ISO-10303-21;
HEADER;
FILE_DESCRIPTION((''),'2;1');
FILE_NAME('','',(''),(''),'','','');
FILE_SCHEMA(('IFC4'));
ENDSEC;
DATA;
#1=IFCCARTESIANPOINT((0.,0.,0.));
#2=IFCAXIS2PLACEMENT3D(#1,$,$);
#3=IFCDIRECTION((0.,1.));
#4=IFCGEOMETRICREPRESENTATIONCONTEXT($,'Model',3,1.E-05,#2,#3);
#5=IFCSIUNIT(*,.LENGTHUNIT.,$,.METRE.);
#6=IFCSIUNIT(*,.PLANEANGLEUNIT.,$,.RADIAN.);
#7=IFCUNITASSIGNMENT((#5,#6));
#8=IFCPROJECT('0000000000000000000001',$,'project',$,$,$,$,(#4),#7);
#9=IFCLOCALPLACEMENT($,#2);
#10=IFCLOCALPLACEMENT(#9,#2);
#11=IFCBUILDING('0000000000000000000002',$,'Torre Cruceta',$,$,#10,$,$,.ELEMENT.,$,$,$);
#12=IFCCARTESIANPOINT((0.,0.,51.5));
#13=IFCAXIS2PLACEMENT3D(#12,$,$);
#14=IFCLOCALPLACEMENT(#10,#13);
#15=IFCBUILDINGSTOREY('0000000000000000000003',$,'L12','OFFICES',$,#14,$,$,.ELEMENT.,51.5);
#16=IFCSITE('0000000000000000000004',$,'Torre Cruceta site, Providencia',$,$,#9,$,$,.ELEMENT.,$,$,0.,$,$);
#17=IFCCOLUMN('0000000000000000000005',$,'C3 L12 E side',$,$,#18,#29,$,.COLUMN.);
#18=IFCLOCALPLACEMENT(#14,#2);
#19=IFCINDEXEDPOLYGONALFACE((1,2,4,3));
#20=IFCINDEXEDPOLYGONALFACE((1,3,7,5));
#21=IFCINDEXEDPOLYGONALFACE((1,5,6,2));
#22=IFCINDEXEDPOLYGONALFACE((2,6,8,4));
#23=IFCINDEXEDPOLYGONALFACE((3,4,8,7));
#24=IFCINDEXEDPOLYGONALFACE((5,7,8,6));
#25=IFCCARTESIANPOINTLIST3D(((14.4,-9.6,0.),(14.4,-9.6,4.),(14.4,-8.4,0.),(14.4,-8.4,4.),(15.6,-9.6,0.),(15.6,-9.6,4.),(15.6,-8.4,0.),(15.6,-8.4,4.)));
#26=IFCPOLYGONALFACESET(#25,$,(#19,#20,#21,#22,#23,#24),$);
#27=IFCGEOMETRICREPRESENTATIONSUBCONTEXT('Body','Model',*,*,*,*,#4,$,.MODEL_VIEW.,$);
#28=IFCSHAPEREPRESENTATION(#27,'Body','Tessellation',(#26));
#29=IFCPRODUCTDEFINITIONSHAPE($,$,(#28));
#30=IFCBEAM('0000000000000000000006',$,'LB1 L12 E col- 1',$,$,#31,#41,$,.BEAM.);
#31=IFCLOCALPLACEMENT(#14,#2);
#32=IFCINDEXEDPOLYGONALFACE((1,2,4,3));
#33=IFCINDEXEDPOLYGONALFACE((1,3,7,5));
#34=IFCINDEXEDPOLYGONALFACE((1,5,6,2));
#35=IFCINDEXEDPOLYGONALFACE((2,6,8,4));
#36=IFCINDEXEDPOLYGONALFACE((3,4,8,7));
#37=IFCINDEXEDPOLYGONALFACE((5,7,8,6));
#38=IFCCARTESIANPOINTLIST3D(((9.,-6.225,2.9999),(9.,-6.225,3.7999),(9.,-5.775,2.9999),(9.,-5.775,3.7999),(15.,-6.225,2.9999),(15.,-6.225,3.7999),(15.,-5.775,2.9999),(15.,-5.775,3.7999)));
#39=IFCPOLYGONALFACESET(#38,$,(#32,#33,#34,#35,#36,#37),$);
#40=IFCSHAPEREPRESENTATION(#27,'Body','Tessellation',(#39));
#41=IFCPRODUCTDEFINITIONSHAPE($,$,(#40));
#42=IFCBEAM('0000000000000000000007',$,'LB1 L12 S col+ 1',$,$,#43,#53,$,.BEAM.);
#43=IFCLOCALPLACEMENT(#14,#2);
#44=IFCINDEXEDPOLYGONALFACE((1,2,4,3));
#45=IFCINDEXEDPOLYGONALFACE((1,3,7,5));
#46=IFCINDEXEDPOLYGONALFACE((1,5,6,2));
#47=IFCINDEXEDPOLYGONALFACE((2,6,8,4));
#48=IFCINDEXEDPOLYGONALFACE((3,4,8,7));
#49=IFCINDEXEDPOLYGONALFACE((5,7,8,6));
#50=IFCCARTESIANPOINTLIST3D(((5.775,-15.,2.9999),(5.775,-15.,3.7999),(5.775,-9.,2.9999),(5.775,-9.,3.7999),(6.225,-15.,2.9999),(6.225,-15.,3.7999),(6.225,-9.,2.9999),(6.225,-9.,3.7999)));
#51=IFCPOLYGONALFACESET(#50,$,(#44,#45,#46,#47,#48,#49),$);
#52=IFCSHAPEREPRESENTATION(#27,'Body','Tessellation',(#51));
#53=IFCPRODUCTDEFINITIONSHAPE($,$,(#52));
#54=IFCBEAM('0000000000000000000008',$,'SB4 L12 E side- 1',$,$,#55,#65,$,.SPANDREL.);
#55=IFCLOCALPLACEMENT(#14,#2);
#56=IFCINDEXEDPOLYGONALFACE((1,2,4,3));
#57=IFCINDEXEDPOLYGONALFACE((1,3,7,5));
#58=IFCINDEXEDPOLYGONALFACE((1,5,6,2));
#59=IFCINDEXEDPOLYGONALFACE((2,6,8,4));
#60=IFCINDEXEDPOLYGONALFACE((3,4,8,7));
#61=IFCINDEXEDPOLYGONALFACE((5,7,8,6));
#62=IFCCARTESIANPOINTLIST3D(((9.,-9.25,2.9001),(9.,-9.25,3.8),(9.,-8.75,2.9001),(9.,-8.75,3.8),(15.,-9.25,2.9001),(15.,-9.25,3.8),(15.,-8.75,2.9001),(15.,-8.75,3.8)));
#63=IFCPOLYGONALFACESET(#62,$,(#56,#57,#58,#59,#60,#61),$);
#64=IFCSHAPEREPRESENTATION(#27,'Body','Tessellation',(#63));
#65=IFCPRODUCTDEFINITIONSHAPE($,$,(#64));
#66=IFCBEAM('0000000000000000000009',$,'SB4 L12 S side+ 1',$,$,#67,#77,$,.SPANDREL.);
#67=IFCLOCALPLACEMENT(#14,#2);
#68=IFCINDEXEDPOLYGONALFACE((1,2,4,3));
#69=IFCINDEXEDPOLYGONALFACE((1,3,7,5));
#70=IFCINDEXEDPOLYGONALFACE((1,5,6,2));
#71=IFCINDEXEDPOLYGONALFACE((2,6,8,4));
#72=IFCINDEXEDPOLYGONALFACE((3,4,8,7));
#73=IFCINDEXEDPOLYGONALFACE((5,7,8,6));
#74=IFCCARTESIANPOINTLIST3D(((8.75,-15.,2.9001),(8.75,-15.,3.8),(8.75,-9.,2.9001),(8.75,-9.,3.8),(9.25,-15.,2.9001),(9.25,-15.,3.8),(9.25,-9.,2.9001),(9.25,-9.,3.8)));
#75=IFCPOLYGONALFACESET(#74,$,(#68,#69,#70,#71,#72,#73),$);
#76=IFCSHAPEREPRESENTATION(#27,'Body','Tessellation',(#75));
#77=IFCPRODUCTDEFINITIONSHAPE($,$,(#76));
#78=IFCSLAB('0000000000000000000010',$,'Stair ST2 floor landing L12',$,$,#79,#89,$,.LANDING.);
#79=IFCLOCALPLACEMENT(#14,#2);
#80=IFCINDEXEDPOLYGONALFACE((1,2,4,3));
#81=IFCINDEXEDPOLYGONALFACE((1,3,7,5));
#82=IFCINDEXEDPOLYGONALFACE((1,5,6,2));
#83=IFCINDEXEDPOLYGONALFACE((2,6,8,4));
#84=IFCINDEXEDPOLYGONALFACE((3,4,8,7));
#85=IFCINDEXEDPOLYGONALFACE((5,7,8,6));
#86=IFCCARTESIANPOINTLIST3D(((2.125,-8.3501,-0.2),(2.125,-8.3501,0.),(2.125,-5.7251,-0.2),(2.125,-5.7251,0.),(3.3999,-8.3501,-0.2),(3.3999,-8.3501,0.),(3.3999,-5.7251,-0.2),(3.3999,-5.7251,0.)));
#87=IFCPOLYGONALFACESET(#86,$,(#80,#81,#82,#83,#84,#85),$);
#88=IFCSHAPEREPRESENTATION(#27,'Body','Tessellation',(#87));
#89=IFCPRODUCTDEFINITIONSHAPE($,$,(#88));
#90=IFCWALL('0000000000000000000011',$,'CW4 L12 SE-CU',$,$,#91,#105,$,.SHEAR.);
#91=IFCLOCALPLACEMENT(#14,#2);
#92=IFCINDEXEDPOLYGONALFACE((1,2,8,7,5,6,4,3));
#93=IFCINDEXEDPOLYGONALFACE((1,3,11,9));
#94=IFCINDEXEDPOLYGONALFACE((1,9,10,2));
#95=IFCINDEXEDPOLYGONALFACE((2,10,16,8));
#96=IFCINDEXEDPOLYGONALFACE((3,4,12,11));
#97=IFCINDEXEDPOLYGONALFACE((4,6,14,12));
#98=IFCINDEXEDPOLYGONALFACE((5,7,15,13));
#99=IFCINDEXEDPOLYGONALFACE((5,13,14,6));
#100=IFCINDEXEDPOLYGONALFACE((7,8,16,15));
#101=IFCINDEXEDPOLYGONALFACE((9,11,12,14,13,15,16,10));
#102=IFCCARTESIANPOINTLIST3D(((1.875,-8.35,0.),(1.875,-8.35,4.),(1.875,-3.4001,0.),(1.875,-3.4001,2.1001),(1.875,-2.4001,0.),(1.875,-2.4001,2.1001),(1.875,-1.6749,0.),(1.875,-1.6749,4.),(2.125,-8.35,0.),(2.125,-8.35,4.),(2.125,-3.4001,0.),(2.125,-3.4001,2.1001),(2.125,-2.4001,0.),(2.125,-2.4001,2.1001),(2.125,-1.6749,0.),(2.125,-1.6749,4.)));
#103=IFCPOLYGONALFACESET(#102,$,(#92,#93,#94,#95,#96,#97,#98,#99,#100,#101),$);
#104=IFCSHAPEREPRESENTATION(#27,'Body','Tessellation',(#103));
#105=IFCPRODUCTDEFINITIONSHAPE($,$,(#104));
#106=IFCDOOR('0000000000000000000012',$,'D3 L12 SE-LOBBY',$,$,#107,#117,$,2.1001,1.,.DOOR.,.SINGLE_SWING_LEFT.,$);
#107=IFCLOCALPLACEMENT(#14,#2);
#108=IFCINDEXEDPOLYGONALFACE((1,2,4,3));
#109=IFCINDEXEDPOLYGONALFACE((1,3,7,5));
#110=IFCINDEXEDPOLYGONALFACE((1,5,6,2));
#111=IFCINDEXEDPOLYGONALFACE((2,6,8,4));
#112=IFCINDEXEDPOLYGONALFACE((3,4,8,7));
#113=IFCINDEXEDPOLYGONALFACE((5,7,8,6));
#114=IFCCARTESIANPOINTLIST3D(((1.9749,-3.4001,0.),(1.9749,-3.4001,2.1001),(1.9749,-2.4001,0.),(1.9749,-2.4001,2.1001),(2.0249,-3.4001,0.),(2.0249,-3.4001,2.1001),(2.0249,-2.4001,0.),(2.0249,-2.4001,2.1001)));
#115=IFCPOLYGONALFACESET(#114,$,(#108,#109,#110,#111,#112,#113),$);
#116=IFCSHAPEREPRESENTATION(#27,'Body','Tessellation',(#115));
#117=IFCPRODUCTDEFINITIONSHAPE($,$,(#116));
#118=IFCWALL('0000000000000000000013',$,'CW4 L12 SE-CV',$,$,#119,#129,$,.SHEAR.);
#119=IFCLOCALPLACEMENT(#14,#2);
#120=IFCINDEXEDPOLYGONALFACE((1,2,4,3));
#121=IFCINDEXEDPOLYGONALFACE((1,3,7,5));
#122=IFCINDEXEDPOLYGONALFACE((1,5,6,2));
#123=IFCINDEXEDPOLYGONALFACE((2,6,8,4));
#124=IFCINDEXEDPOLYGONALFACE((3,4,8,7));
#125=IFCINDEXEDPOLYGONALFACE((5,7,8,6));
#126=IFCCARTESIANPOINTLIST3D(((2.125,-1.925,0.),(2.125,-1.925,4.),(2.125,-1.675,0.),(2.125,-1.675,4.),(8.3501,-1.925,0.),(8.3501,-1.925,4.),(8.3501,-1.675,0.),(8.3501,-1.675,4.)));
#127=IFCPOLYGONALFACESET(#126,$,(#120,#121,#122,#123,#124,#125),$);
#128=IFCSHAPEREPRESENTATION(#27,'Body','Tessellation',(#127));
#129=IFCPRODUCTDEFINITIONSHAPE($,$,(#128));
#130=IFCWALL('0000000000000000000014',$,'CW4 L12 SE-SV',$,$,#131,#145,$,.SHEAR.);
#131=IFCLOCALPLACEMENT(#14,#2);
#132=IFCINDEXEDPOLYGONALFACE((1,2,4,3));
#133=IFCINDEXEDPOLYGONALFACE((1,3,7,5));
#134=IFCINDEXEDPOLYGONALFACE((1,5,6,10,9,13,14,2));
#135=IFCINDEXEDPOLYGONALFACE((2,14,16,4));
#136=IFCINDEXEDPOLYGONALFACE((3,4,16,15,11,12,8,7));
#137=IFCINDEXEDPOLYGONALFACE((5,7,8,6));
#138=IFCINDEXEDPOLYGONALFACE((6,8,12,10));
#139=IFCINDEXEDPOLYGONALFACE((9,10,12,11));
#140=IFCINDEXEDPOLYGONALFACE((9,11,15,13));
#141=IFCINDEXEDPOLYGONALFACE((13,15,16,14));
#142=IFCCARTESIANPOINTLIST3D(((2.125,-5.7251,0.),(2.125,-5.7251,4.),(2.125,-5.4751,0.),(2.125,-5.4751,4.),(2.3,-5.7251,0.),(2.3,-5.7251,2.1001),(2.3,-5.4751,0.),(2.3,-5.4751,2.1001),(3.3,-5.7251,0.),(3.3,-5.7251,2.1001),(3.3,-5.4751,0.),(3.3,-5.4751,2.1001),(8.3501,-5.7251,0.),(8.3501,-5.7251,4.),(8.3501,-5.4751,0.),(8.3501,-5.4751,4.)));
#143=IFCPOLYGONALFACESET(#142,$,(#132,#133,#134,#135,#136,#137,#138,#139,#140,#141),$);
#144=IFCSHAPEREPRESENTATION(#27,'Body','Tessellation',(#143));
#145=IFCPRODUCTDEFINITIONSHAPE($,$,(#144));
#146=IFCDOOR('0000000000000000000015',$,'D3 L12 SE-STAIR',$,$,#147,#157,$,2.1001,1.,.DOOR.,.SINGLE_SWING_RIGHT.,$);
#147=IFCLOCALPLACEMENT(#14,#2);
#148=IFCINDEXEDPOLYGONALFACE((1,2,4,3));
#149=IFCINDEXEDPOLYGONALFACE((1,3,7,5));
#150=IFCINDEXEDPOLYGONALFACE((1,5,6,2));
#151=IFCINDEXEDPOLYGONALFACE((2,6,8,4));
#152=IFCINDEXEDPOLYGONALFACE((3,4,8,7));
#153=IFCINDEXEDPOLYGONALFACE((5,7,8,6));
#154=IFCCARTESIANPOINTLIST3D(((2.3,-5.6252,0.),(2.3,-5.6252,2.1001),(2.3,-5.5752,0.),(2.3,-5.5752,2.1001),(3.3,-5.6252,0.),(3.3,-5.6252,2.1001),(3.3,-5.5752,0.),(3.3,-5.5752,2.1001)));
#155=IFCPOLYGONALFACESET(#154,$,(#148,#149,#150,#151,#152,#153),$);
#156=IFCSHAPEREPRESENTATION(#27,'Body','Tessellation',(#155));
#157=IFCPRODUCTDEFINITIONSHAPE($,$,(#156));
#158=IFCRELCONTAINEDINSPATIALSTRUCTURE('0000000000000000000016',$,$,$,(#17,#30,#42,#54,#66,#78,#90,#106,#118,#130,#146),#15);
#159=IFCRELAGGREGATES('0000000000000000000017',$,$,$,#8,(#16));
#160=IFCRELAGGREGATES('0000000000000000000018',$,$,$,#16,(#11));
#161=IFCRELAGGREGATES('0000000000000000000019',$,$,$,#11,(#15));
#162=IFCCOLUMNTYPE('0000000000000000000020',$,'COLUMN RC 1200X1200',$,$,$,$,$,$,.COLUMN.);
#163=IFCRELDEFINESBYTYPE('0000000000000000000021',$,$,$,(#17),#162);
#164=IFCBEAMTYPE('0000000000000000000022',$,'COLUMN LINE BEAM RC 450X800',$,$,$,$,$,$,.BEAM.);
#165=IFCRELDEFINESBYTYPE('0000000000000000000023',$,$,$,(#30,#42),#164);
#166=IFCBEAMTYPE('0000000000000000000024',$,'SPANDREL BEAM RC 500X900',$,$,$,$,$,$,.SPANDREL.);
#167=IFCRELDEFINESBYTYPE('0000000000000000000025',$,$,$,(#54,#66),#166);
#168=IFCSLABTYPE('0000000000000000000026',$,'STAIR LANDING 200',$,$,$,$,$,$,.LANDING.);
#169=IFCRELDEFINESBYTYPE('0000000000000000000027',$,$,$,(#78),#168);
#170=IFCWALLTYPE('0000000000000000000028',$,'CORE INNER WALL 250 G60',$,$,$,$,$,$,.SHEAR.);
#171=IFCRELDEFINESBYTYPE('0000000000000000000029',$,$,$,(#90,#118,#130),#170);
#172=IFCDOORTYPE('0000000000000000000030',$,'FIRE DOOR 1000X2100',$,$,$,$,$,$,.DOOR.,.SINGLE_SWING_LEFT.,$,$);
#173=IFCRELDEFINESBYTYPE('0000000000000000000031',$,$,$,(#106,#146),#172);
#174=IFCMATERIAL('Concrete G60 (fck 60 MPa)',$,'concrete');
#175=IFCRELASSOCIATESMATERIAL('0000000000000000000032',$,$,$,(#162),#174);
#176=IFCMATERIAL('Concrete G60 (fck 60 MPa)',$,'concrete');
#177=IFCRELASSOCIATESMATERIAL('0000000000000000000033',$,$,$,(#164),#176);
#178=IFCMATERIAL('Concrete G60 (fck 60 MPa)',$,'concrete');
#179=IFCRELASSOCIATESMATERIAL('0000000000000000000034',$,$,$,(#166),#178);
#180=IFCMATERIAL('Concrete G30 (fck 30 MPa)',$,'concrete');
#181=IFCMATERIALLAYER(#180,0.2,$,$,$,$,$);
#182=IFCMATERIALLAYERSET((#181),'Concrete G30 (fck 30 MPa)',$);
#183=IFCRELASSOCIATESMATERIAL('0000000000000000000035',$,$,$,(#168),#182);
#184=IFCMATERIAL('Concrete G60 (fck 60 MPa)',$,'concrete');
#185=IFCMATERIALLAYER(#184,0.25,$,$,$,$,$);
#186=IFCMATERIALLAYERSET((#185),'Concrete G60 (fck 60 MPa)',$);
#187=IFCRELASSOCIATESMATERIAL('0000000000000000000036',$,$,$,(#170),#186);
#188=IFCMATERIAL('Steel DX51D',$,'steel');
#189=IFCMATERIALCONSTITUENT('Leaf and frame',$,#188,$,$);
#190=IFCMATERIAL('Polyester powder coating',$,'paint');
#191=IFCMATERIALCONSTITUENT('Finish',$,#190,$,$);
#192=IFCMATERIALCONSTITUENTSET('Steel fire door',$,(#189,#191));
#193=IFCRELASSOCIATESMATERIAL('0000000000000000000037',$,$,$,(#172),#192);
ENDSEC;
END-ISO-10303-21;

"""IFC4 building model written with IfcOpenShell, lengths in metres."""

from ifc_helpers import new_model, si_unit, direction, frame, frame_2d, origin, origin_2d, place, context, subcontext, project, spatial, polyline, rectangle, outline, extrude, material, layer, layer_set, constituent, constituent_set, material_profile, profile_set, type_object, element, fill, save


model = new_model("IFC4")

# Units and contexts
model_context = context("Model", 3, precision=1e-05, world=origin(), true_north=direction((0.0, 1.0)))
body_context = subcontext(model_context, "Body", "Model", "MODEL_VIEW")
ifc_project = project(units=[si_unit("LENGTHUNIT", "METRE"), si_unit("PLANEANGLEUNIT", "RADIAN")], contexts=[model_context])

# Site, building, storey
site_placement = place(None, origin())
site = spatial("IfcSite", under=ifc_project, at=site_placement, Name="Torre Cruceta site, Providencia", CompositionType="ELEMENT", RefElevation=0.0)
building_placement = place(site_placement, origin())
building = spatial("IfcBuilding", under=site, at=building_placement, Name="Torre Cruceta", CompositionType="ELEMENT")
storey_placement = place(building_placement, frame((0.0, 0.0, 51.5)))
storey = spatial("IfcBuildingStorey", under=building, at=storey_placement, Name="L12", Description="OFFICES", CompositionType="ELEMENT", Elevation=51.5)

# Column
ifc_material_1 = material(Name="Concrete G60 (fck 60 MPa)", Category="concrete")
ifc_material_profile_1 = material_profile(ifc_material_1, rectangle(XDim=1.2, YDim=1.2, at=origin_2d()), Name="RC 1200X1200")
ifc_profile_set_1 = profile_set([ifc_material_profile_1], Name="Concrete G60 (fck 60 MPa)")
column_type = type_object("IfcColumnType", Name="COLUMN RC 1200X1200", PredefinedType="COLUMN", material=ifc_profile_set_1)
column_placement = place(storey_placement, frame((15.0, -9.0, 0.0), z_axis=(0.0, 0.0, 1.0), x_axis=(1.0, 0.0, 0.0)))
element("IfcColumn", 1, at=column_placement, inside=storey, type_object=column_type, Name="C3 L12 E side", PredefinedType="COLUMN", context=body_context, shape_type="SweptSolid", body=[
    extrude(rectangle(XDim=1.2, YDim=1.2, at=origin_2d()), origin(), (0.0, 0.0, 1.0), 4.0),
])

# Beams
ifc_material_2 = material(Name="Concrete G60 (fck 60 MPa)", Category="concrete")
ifc_material_profile_2 = material_profile(ifc_material_2, rectangle(XDim=0.45, YDim=0.8, at=origin_2d()), Name="RC 450X800")
ifc_profile_set_2 = profile_set([ifc_material_profile_2], Name="Concrete G60 (fck 60 MPa)")
beam_type_1 = type_object("IfcBeamType", Name="COLUMN LINE BEAM RC 450X800", PredefinedType="BEAM", material=ifc_profile_set_2)
for number, where, z_axis, x_axis, name in (
    (2, (9.0, -6.0, 3.3999), (1.0, 0.0, 0.0), (0.0, 1.0, 0.0), "LB1 L12 E col- 1"),
    (3, (6.0, -9.0, 3.3999), (0.0, -1.0, 0.0), (1.0, 0.0, 0.0), "LB1 L12 S col+ 1"),
):
    element("IfcBeam", number, at=place(storey_placement, frame(where, z_axis=z_axis, x_axis=x_axis)), inside=storey, type_object=beam_type_1, Name=name, PredefinedType="BEAM", context=body_context, shape_type="SweptSolid", body=[
        extrude(rectangle(XDim=0.45, YDim=0.8, at=origin_2d()), origin(), (0.0, 0.0, 1.0), 6.0),
    ])
ifc_material_3 = material(Name="Concrete G60 (fck 60 MPa)", Category="concrete")
ifc_material_profile_3 = material_profile(ifc_material_3, rectangle(XDim=0.5, YDim=0.8999, at=origin_2d()), Name="RC 500X900")
ifc_profile_set_3 = profile_set([ifc_material_profile_3], Name="Concrete G60 (fck 60 MPa)")
beam_type_2 = type_object("IfcBeamType", Name="SPANDREL BEAM RC 500X900", PredefinedType="SPANDREL", material=ifc_profile_set_3)
for number, where, z_axis, x_axis, name in (
    (4, (9.0, -9.0, 3.3501), (1.0, 0.0, 0.0), (0.0, 1.0, 0.0), "SB4 L12 E side- 1"),
    (5, (9.0, -9.0, 3.3501), (0.0, -1.0, 0.0), (1.0, 0.0, 0.0), "SB4 L12 S side+ 1"),
):
    element("IfcBeam", number, at=place(storey_placement, frame(where, z_axis=z_axis, x_axis=x_axis)), inside=storey, type_object=beam_type_2, Name=name, PredefinedType="SPANDREL", context=body_context, shape_type="SweptSolid", body=[
        extrude(rectangle(XDim=0.5, YDim=0.8999, at=origin_2d()), origin(), (0.0, 0.0, 1.0), 6.0),
    ])

# Slab
ifc_material_4 = material(Name="Concrete G30 (fck 30 MPa)", Category="concrete")
ifc_layer_1 = layer(ifc_material_4, 0.2)
ifc_layer_set_1 = layer_set([ifc_layer_1], Name="Concrete G30 (fck 30 MPa)")
slab_type = type_object("IfcSlabType", Name="STAIR LANDING 200", PredefinedType="LANDING", material=ifc_layer_set_1)
slab_placement = place(storey_placement, frame((0.0, 0.0, -0.2)))
element("IfcSlab", 6, at=slab_placement, inside=storey, type_object=slab_type, Name="Stair ST2 floor landing L12", PredefinedType="LANDING", context=body_context, shape_type="SweptSolid", body=[
    extrude(outline(polyline([(2.125, -8.3501), (2.125, -5.7251), (3.3999, -5.7251), (3.3999, -8.3501), (2.125, -8.3501)])), origin(), (0.0, 0.0, 1.0), 0.2),
])

# Wall, opening, door
ifc_material_5 = material(Name="Concrete G60 (fck 60 MPa)", Category="concrete")
ifc_layer_2 = layer(ifc_material_5, 0.25)
ifc_layer_set_2 = layer_set([ifc_layer_2], Name="Concrete G60 (fck 60 MPa)")
wall_type_1 = type_object("IfcWallType", Name="CORE INNER WALL 250 G60", PredefinedType="SHEAR", material=ifc_layer_set_2)
wall_1_placement = place(storey_placement, frame((2.0, -1.675, 0.0), z_axis=(0.0, 0.0, 1.0), x_axis=(0.0, -1.0, 0.0)))
wall_1 = element("IfcWall", 7, at=wall_1_placement, inside=storey, type_object=wall_type_1, Name="CW4 L12 SE-CU", PredefinedType="SHEAR", context=body_context, shape_type="SweptSolid", body=[
    extrude(rectangle(XDim=6.675, YDim=0.25, at=frame_2d((3.3374, 0.0))), origin(), (0.0, 0.0, 1.0), 4.0),
])
opening_1_placement = place(wall_1_placement, frame((0.7251, 0.0, 0.0)))
opening_1 = element("IfcOpeningElement", 8, at=opening_1_placement, cuts=wall_1, PredefinedType="OPENING", context=body_context, shape_type="SweptSolid", body=[
    extrude(rectangle(XDim=1.0, YDim=2.1001, at=frame_2d((0.5, 1.05))), frame((0.0, 0.135, 0.0), z_axis=(0.0, -1.0, 0.0), x_axis=(1.0, 0.0, 0.0)), (0.0, 0.0, 1.0), 0.27),
])
ifc_material_6 = material(Name="Steel DX51D", Category="steel")
ifc_constituent_1 = constituent(ifc_material_6, Name="Leaf and frame")
ifc_material_7 = material(Name="Polyester powder coating", Category="paint")
ifc_constituent_2 = constituent(ifc_material_7, Name="Finish")
ifc_constituent_set_1 = constituent_set(constituents=[ifc_constituent_1, ifc_constituent_2], Name="Steel fire door")
door_type_1 = type_object("IfcDoorType", Name="FIRE DOOR 1000X2100", OperationType="SINGLE_SWING_LEFT", PredefinedType="DOOR", material=ifc_constituent_set_1)
door_1_placement = place(opening_1_placement, origin())
door_1 = element("IfcDoor", 9, at=door_1_placement, inside=storey, type_object=door_type_1, Name="D3 L12 SE-LOBBY", OperationType="SINGLE_SWING_LEFT", OverallHeight=2.1001, OverallWidth=1.0, PredefinedType="DOOR", context=body_context, shape_type="SweptSolid", body=[
    extrude(rectangle(XDim=1.0, YDim=2.1001, at=frame_2d((0.5, 1.05))), frame((0.0, 0.0249, 0.0), z_axis=(0.0, -1.0, 0.0), x_axis=(1.0, 0.0, 0.0)), (0.0, 0.0, 1.0), 0.05),
])
fill(opening_1, door_1)

# Wall
wall_2_placement = place(storey_placement, frame((2.125, -1.8, 0.0), z_axis=(0.0, 0.0, 1.0), x_axis=(1.0, 0.0, 0.0)))
element("IfcWall", 10, at=wall_2_placement, inside=storey, type_object=wall_type_1, Name="CW4 L12 SE-CV", PredefinedType="SHEAR", context=body_context, shape_type="SweptSolid", body=[
    extrude(rectangle(XDim=6.2251, YDim=0.25, at=frame_2d((3.1125, 0.0))), origin(), (0.0, 0.0, 1.0), 4.0),
])

# Wall, opening, door
wall_3_placement = place(storey_placement, frame((2.125, -5.6001, 0.0), z_axis=(0.0, 0.0, 1.0), x_axis=(1.0, 0.0, 0.0)))
wall_3 = element("IfcWall", 11, at=wall_3_placement, inside=storey, type_object=wall_type_1, Name="CW4 L12 SE-SV", PredefinedType="SHEAR", context=body_context, shape_type="SweptSolid", body=[
    extrude(rectangle(XDim=6.2251, YDim=0.25, at=frame_2d((3.1125, 0.0))), origin(), (0.0, 0.0, 1.0), 4.0),
])
opening_2_placement = place(wall_3_placement, frame((0.175, 0.0, 0.0)))
opening_2 = element("IfcOpeningElement", 12, at=opening_2_placement, cuts=wall_3, PredefinedType="OPENING", context=body_context, shape_type="SweptSolid", body=[
    extrude(rectangle(XDim=1.0, YDim=2.1001, at=frame_2d((0.5, 1.05))), frame((0.0, 0.135, 0.0), z_axis=(0.0, -1.0, 0.0), x_axis=(1.0, 0.0, 0.0)), (0.0, 0.0, 1.0), 0.27),
])
door_2_placement = place(opening_2_placement, frame((1.0, 0.0, 0.0), z_axis=(0.0, 0.0, 1.0), x_axis=(-1.0, 0.0, 0.0)))
door_2 = element("IfcDoor", 13, at=door_2_placement, inside=storey, type_object=door_type_1, Name="D3 L12 SE-STAIR", OperationType="SINGLE_SWING_RIGHT", OverallHeight=2.1001, OverallWidth=1.0, PredefinedType="DOOR", context=body_context, shape_type="SweptSolid", body=[
    extrude(rectangle(XDim=1.0, YDim=2.1001, at=frame_2d((0.5, 1.05))), frame((0.0, 0.0251, 0.0), z_axis=(0.0, -1.0, 0.0), x_axis=(1.0, 0.0, 0.0)), (0.0, 0.0, 1.0), 0.05),
])
fill(opening_2, door_2)

save(model, "model.ifc")
